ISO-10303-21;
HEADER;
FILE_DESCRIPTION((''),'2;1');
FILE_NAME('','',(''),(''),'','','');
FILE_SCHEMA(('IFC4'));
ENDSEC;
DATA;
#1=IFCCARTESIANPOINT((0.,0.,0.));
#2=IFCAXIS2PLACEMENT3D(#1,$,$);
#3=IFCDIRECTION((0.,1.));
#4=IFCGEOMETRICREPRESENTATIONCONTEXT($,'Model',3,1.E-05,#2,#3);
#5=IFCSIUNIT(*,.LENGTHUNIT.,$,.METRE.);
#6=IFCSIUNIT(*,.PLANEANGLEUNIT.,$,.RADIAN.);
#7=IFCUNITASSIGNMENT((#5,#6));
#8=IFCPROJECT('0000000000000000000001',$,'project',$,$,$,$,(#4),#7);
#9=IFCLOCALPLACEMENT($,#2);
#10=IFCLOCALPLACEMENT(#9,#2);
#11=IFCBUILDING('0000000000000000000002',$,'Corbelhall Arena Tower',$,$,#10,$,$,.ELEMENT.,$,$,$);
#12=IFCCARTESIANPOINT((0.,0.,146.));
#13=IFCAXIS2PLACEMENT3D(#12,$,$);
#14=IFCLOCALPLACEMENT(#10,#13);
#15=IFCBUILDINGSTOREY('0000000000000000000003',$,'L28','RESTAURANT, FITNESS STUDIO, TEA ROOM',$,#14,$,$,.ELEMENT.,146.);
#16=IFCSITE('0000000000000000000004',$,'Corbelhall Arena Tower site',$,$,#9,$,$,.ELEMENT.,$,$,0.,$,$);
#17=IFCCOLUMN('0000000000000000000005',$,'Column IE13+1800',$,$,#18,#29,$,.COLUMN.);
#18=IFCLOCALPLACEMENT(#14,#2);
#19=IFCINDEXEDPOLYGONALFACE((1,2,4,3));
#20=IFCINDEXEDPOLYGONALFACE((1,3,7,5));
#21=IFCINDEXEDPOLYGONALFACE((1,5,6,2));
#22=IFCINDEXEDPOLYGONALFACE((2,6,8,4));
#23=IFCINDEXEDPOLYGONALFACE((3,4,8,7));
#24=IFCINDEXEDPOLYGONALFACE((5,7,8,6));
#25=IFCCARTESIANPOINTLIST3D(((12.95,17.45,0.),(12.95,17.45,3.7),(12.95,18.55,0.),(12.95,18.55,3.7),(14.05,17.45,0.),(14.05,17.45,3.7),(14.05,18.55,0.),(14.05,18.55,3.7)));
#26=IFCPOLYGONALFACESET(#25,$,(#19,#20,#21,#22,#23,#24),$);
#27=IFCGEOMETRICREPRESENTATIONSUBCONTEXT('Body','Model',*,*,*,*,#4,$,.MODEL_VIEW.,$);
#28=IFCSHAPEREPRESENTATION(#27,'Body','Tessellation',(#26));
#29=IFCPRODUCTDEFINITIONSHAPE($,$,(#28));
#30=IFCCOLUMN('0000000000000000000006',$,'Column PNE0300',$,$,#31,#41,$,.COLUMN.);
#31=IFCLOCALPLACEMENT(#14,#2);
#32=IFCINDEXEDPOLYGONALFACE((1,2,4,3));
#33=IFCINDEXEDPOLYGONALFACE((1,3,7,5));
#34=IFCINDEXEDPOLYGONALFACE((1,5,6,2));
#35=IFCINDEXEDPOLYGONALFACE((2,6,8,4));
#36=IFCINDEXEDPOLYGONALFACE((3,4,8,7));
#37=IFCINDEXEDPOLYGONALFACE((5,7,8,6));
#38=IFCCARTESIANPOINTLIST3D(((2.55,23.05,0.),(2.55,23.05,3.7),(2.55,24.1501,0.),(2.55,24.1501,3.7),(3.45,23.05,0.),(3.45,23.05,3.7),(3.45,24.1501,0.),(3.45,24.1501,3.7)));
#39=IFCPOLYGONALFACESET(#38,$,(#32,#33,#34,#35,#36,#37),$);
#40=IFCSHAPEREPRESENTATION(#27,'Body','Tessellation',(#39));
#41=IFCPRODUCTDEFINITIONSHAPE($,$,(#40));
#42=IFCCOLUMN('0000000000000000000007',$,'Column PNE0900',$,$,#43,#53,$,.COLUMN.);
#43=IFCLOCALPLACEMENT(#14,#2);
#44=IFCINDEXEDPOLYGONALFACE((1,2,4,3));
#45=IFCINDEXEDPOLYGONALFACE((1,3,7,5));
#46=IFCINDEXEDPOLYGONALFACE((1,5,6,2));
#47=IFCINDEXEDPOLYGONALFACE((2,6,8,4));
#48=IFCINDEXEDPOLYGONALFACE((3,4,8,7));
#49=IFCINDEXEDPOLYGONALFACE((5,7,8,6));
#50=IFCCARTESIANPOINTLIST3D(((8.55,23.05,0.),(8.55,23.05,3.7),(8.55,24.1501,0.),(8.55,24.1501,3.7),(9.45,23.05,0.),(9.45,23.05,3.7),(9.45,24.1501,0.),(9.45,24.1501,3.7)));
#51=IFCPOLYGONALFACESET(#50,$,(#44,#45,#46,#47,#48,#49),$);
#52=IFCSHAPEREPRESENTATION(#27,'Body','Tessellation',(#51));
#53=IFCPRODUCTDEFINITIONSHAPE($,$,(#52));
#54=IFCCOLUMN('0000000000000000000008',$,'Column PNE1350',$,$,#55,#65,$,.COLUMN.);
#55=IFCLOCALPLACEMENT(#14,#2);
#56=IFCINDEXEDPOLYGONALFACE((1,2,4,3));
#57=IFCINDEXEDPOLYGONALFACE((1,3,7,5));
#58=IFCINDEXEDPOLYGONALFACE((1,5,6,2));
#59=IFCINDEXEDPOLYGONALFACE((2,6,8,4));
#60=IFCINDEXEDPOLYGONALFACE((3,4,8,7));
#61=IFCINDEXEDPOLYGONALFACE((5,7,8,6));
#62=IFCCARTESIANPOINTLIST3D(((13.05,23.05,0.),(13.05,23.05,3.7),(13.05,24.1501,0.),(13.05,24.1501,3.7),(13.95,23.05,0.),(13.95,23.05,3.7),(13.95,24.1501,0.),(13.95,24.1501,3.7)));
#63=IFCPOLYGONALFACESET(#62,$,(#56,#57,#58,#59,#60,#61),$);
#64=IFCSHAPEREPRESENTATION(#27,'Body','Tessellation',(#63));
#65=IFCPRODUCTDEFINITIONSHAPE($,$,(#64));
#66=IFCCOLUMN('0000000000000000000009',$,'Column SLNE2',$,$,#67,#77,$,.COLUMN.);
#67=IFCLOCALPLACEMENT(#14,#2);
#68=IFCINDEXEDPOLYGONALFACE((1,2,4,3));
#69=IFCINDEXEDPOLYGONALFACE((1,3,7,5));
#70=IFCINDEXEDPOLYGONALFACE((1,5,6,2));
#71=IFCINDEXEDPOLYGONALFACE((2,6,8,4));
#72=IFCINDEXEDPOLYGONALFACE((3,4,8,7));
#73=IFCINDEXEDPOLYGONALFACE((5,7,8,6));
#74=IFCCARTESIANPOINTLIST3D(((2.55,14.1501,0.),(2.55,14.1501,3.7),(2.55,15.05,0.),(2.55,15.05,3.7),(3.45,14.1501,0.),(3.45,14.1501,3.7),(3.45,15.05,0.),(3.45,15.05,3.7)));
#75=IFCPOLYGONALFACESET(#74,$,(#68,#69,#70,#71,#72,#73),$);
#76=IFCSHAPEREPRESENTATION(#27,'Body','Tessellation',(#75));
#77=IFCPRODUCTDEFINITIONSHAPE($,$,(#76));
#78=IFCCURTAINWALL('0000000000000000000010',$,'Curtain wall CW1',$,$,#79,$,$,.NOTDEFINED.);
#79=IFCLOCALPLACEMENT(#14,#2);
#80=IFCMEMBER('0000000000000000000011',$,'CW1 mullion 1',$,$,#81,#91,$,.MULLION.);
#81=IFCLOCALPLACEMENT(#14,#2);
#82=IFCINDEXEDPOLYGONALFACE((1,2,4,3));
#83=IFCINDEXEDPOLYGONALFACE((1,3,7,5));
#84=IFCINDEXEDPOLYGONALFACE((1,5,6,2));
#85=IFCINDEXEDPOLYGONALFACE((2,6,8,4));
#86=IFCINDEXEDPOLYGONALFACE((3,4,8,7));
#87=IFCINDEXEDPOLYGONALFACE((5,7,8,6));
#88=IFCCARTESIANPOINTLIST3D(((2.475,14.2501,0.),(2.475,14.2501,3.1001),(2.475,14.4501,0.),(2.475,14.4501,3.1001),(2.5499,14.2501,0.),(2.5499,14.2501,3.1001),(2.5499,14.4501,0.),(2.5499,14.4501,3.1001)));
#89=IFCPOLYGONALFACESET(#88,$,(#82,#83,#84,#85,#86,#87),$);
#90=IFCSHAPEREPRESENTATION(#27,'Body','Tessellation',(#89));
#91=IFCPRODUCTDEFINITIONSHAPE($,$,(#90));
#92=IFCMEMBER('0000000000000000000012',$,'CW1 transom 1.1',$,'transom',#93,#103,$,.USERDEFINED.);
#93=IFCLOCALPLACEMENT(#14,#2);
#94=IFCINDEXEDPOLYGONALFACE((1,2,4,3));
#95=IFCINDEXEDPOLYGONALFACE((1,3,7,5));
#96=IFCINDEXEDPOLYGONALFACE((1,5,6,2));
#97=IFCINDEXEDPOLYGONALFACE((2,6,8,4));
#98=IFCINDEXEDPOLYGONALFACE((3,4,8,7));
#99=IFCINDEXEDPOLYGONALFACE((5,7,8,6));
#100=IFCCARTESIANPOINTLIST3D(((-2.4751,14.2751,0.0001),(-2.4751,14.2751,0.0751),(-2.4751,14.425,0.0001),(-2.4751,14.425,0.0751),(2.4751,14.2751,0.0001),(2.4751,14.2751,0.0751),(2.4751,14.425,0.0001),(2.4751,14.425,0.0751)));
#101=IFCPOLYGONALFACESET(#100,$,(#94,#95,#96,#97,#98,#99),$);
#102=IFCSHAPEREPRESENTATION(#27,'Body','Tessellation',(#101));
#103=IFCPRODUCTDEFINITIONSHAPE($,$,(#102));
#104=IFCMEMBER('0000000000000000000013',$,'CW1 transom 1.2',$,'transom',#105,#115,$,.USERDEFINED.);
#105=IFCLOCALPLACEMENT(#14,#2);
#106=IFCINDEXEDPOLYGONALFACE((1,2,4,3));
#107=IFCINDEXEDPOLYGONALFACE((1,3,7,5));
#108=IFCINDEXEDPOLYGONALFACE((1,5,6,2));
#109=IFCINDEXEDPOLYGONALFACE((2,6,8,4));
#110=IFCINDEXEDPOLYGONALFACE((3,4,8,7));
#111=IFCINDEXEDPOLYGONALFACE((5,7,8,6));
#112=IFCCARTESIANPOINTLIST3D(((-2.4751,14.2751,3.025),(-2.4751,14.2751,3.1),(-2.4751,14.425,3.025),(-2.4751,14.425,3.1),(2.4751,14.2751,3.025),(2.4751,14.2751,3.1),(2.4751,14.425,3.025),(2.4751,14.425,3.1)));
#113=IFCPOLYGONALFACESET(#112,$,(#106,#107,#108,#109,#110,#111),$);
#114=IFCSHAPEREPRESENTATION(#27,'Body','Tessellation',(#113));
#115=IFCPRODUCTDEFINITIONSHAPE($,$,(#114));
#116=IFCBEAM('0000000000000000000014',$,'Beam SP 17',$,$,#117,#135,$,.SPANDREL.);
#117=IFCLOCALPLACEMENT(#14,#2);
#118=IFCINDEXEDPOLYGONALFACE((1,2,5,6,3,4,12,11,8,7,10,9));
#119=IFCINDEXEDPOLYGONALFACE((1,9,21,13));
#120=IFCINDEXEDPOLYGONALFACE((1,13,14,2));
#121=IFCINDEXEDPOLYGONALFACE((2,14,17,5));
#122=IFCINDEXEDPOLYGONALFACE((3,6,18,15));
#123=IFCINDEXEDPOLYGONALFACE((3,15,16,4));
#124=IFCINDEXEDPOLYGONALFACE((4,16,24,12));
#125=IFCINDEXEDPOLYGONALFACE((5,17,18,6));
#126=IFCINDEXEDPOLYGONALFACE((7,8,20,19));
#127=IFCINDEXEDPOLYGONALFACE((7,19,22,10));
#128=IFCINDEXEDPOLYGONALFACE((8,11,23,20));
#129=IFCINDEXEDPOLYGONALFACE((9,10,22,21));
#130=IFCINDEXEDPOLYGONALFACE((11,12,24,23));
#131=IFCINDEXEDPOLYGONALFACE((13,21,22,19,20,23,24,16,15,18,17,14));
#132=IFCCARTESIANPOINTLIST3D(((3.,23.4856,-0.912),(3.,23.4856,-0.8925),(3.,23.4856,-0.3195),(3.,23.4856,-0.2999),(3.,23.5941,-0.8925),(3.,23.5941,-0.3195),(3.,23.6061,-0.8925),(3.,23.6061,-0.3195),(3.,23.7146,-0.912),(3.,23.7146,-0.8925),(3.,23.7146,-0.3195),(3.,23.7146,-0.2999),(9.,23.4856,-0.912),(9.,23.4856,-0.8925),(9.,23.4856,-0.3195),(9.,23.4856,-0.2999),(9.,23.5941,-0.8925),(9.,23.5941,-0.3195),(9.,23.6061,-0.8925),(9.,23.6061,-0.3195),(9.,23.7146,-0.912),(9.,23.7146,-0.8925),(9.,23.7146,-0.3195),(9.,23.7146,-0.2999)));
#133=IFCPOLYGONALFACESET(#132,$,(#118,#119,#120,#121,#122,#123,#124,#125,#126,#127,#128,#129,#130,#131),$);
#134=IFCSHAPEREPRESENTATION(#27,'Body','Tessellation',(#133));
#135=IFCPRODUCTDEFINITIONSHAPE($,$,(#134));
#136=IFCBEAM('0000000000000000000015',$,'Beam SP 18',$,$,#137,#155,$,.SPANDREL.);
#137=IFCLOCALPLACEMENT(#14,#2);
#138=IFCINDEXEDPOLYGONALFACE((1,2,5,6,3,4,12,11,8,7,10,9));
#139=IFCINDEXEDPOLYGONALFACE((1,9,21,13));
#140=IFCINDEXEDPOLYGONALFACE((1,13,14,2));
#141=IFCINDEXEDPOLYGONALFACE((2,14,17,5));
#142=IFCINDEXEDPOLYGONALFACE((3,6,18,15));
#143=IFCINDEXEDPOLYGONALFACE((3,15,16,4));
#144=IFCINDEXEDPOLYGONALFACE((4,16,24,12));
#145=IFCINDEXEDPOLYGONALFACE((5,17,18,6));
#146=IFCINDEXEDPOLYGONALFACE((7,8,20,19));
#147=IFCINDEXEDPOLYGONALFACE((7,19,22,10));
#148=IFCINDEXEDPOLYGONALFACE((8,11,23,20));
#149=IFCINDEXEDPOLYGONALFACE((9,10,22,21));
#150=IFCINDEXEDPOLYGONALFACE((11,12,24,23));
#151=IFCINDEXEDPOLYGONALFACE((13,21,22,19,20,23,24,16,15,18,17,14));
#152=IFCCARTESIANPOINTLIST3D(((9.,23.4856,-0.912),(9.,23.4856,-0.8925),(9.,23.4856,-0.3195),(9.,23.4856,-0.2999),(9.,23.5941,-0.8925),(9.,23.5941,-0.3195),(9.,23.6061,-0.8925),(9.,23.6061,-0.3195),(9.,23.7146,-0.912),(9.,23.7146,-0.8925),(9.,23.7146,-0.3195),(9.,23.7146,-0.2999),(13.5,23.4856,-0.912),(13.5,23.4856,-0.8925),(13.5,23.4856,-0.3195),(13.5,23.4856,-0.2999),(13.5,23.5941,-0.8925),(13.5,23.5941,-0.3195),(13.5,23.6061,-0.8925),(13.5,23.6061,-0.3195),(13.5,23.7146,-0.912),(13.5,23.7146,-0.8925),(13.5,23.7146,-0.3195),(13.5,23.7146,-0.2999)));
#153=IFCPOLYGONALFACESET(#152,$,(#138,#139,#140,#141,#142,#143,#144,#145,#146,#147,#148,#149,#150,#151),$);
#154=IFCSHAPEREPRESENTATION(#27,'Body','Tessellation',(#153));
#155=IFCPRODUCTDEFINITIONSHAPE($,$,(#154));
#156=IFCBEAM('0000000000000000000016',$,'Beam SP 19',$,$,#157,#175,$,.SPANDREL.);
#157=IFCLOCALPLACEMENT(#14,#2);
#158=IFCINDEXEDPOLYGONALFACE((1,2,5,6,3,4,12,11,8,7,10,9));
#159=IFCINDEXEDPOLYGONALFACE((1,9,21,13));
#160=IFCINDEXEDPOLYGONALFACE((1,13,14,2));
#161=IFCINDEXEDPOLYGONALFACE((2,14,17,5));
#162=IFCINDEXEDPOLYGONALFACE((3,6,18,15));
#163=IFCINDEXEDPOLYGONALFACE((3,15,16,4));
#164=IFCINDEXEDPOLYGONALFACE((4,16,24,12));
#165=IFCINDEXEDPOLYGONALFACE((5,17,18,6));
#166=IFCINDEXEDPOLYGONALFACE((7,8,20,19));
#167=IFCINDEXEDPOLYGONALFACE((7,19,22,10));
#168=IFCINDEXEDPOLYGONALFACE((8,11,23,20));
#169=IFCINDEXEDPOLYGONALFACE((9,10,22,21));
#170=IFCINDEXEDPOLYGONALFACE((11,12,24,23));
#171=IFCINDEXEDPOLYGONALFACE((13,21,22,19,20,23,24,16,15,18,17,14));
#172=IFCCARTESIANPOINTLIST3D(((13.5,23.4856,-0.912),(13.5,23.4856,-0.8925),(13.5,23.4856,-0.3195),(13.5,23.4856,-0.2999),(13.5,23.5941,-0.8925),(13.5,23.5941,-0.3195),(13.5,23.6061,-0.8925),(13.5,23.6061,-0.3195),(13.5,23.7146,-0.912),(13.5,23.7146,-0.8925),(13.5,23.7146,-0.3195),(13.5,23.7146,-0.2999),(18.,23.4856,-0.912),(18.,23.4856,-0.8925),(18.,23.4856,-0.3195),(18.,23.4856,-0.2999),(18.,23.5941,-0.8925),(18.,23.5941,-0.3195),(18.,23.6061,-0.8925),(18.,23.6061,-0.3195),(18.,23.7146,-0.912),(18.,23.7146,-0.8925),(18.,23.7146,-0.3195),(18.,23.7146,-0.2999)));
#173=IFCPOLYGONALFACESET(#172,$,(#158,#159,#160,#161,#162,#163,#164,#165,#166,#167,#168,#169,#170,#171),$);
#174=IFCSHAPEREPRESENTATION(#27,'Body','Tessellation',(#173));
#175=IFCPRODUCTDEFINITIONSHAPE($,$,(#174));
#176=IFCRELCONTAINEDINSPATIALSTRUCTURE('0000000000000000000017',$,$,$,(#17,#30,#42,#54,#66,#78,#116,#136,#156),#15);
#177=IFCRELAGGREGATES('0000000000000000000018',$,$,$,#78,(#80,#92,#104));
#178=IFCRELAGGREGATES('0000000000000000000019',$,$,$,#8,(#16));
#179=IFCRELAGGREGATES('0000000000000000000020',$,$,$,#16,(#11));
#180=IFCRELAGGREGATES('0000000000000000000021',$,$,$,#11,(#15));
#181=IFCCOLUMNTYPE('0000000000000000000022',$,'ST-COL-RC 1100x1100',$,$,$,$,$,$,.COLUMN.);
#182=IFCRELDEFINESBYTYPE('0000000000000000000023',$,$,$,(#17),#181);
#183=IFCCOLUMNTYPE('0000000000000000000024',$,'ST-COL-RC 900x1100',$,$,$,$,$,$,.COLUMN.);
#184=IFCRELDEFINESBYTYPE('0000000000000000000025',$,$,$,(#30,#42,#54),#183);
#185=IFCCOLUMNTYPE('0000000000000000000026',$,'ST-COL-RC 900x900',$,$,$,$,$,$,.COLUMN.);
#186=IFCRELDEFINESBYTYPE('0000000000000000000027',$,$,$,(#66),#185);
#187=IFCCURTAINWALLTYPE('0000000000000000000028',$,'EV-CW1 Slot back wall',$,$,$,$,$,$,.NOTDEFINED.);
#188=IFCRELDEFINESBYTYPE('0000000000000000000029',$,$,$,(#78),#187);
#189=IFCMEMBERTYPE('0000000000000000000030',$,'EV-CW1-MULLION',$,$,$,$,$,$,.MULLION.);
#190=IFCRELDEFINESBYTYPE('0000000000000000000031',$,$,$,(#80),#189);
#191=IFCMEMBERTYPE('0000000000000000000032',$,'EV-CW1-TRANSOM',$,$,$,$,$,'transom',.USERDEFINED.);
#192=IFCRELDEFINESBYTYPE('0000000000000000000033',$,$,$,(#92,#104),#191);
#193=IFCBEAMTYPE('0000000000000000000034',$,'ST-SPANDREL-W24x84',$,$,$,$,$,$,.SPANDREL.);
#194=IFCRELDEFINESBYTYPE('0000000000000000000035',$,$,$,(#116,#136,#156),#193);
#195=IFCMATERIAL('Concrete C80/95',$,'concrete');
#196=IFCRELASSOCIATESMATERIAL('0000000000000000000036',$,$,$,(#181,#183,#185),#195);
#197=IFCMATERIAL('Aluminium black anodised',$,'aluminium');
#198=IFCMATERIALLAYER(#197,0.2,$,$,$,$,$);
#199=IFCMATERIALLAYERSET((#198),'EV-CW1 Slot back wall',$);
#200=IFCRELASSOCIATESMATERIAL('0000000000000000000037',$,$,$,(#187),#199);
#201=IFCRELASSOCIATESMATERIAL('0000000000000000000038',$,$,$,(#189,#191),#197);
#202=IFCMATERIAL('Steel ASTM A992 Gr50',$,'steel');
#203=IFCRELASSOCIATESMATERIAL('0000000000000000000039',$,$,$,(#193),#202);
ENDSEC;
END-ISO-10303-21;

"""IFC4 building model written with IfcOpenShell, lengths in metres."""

from ifc_helpers import new_model, si_unit, direction, frame, origin, origin_2d, place, context, subcontext, project, spatial, rectangle, i_section, extrude, material, layer, layer_set, material_profile, profile_set, type_object, element, aggregate, save


model = new_model("IFC4")

# Units and contexts
model_context = context("Model", 3, precision=1e-05, world=origin(), true_north=direction((0.0, 1.0)))
body_context = subcontext(model_context, "Body", "Model", "MODEL_VIEW")
ifc_project = project(units=[si_unit("LENGTHUNIT", "METRE"), si_unit("PLANEANGLEUNIT", "RADIAN")], contexts=[model_context])

# Site, building, storey
site_placement = place(None, origin())
site = spatial("IfcSite", under=ifc_project, at=site_placement, Name="Corbelhall Arena Tower site", CompositionType="ELEMENT", RefElevation=0.0)
building_placement = place(site_placement, origin())
building = spatial("IfcBuilding", under=site, at=building_placement, Name="Corbelhall Arena Tower", CompositionType="ELEMENT")
storey_placement = place(building_placement, frame((0.0, 0.0, 146.0)))
storey = spatial("IfcBuildingStorey", under=building, at=storey_placement, Name="L28", Description="RESTAURANT, FITNESS STUDIO, TEA ROOM", CompositionType="ELEMENT", Elevation=146.0)

# Columns
ifc_material_1 = material(Name="Concrete C80/95", Category="concrete")
ifc_material_profile_1 = material_profile(ifc_material_1, rectangle(XDim=1.1001, YDim=1.1001, at=origin_2d()))
ifc_profile_set_1 = profile_set([ifc_material_profile_1], Name="Concrete C80/95")
column_type_1 = type_object("IfcColumnType", Name="ST-COL-RC 1100x1100", PredefinedType="COLUMN", material=ifc_profile_set_1)
column_1_placement = place(storey_placement, frame((13.5, 18.0, 0.0), z_axis=(0.0, 0.0, 1.0), x_axis=(1.0, 0.0, 0.0)))
element("IfcColumn", 1, at=column_1_placement, inside=storey, type_object=column_type_1, Name="Column IE13+1800", PredefinedType="COLUMN", context=body_context, shape_type="SweptSolid", body=[
    extrude(rectangle(XDim=1.1001, YDim=1.1001, at=origin_2d()), origin(), (0.0, 0.0, 1.0), 3.7),
])
ifc_material_profile_2 = material_profile(ifc_material_1, rectangle(XDim=0.8999, YDim=1.1001, at=origin_2d()))
ifc_profile_set_2 = profile_set([ifc_material_profile_2], Name="Concrete C80/95")
column_type_2 = type_object("IfcColumnType", Name="ST-COL-RC 900x1100", PredefinedType="COLUMN", material=ifc_profile_set_2)
for number, where, z_axis, x_axis, name in (
    (2, (3.0, 23.6001, 0.0), (0.0, 0.0, 1.0), (1.0, 0.0, 0.0), "Column PNE0300"),
    (3, (9.0, 23.6001, 0.0), (0.0, 0.0, 1.0), (1.0, 0.0, 0.0), "Column PNE0900"),
    (4, (13.5, 23.6001, 0.0), (0.0, 0.0, 1.0), (1.0, 0.0, 0.0), "Column PNE1350"),
):
    element("IfcColumn", number, at=place(storey_placement, frame(where, z_axis=z_axis, x_axis=x_axis)), inside=storey, type_object=column_type_2, Name=name, PredefinedType="COLUMN", context=body_context, shape_type="SweptSolid", body=[
        extrude(rectangle(XDim=0.8999, YDim=1.1001, at=origin_2d()), origin(), (0.0, 0.0, 1.0), 3.7),
    ])
ifc_material_profile_3 = material_profile(ifc_material_1, rectangle(XDim=0.8999, YDim=0.8999, at=origin_2d()))
ifc_profile_set_3 = profile_set([ifc_material_profile_3], Name="Concrete C80/95")
column_type_3 = type_object("IfcColumnType", Name="ST-COL-RC 900x900", PredefinedType="COLUMN", material=ifc_profile_set_3)
column_2_placement = place(storey_placement, frame((3.0, 14.6001, 0.0), z_axis=(0.0, 0.0, 1.0), x_axis=(1.0, 0.0, 0.0)))
element("IfcColumn", 5, at=column_2_placement, inside=storey, type_object=column_type_3, Name="Column SLNE2", PredefinedType="COLUMN", context=body_context, shape_type="SweptSolid", body=[
    extrude(rectangle(XDim=0.8999, YDim=0.8999, at=origin_2d()), origin(), (0.0, 0.0, 1.0), 3.7),
])

# Curtain wall, members
ifc_material_2 = material(Name="Aluminium black anodised", Category="aluminium")
ifc_layer_1 = layer(ifc_material_2, 0.2)
ifc_layer_set_1 = layer_set([ifc_layer_1], Name="EV-CW1 Slot back wall")
curtain_wall_type = type_object("IfcCurtainWallType", Name="EV-CW1 Slot back wall", PredefinedType="NOTDEFINED", material=ifc_layer_set_1)
curtain_wall_placement = place(storey_placement, origin())
curtain_wall = element("IfcCurtainWall", 6, at=curtain_wall_placement, inside=storey, type_object=curtain_wall_type, Name="Curtain wall CW1", PredefinedType="NOTDEFINED")
ifc_material_profile_4 = material_profile(ifc_material_2, rectangle(XDim=0.2, YDim=0.075, at=origin_2d()))
ifc_profile_set_4 = profile_set([ifc_material_profile_4], Name="Aluminium black anodised")
member_type_1 = type_object("IfcMemberType", Name="EV-CW1-MULLION", PredefinedType="MULLION", material=ifc_profile_set_4)
member_1_placement = place(storey_placement, frame((2.5125, 14.3501, 0.0), z_axis=(0.0, 0.0, 1.0), x_axis=(0.0, -1.0, 0.0)))
member_1 = element("IfcMember", 7, at=member_1_placement, type_object=member_type_1, Name="CW1 mullion 1", PredefinedType="MULLION", context=body_context, shape_type="SweptSolid", body=[
    extrude(rectangle(XDim=0.2, YDim=0.075, at=origin_2d()), origin(), (0.0, 0.0, 1.0), 3.1001),
])
ifc_material_profile_5 = material_profile(ifc_material_2, rectangle(XDim=0.1499, YDim=0.075, at=origin_2d()))
ifc_profile_set_5 = profile_set([ifc_material_profile_5], Name="Aluminium black anodised")
member_type_2 = type_object("IfcMemberType", Name="EV-CW1-TRANSOM", ElementType="transom", PredefinedType="USERDEFINED", material=ifc_profile_set_5)
member_2_placement = place(storey_placement, frame((2.4751, 14.3501, 0.0376), z_axis=(-1.0, 0.0, 0.0), x_axis=(0.0, -1.0, 0.0)))
member_2 = element("IfcMember", 8, at=member_2_placement, type_object=member_type_2, Name="CW1 transom 1.1", ObjectType="transom", PredefinedType="USERDEFINED", context=body_context, shape_type="SweptSolid", body=[
    extrude(rectangle(XDim=0.1499, YDim=0.075, at=origin_2d()), origin(), (0.0, 0.0, 1.0), 4.9502),
])
member_3_placement = place(storey_placement, frame((2.4751, 14.3501, 3.0625), z_axis=(-1.0, 0.0, 0.0), x_axis=(0.0, -1.0, 0.0)))
member_3 = element("IfcMember", 9, at=member_3_placement, type_object=member_type_2, Name="CW1 transom 1.2", ObjectType="transom", PredefinedType="USERDEFINED", context=body_context, shape_type="SweptSolid", body=[
    extrude(rectangle(XDim=0.1499, YDim=0.075, at=origin_2d()), origin(), (0.0, 0.0, 1.0), 4.9502),
])

# Beams
ifc_material_3 = material(Name="Steel ASTM A992 Gr50", Category="steel")
ifc_material_profile_6 = material_profile(ifc_material_3, i_section(OverallWidth=0.229, OverallDepth=0.6121, WebThickness=0.012, FlangeThickness=0.0195, at=origin_2d()))
ifc_profile_set_6 = profile_set([ifc_material_profile_6], Name="Steel ASTM A992 Gr50")
beam_type_1 = type_object("IfcBeamType", Name="ST-SPANDREL-W24x84", PredefinedType="SPANDREL", material=ifc_profile_set_6)
beam_1_placement = place(storey_placement, frame((3.0, 23.6001, -0.606), z_axis=(1.0, 0.0, 0.0), x_axis=(0.0, 1.0, 0.0)))
element("IfcBeam", 10, at=beam_1_placement, inside=storey, type_object=beam_type_1, Name="Beam SP 17", PredefinedType="SPANDREL", context=body_context, shape_type="SweptSolid", body=[
    extrude(i_section(OverallWidth=0.229, OverallDepth=0.6121, WebThickness=0.012, FlangeThickness=0.0195, at=origin_2d()), origin(), (0.0, 0.0, 1.0), 6.0),
])
for number, where, z_axis, x_axis, name in (
    (11, (9.0, 23.6001, -0.606), (1.0, 0.0, 0.0), (0.0, 1.0, 0.0), "Beam SP 18"),
    (12, (13.5, 23.6001, -0.606), (1.0, 0.0, 0.0), (0.0, 1.0, 0.0), "Beam SP 19"),
):
    element("IfcBeam", number, at=place(storey_placement, frame(where, z_axis=z_axis, x_axis=x_axis)), inside=storey, type_object=beam_type_1, Name=name, PredefinedType="SPANDREL", context=body_context, shape_type="SweptSolid", body=[
        extrude(i_section(OverallWidth=0.229, OverallDepth=0.6121, WebThickness=0.012, FlangeThickness=0.0195, at=origin_2d()), origin(), (0.0, 0.0, 1.0), 4.5),
    ])

aggregate(curtain_wall, [member_1, member_2, member_3])

save(model, "model.ifc")
